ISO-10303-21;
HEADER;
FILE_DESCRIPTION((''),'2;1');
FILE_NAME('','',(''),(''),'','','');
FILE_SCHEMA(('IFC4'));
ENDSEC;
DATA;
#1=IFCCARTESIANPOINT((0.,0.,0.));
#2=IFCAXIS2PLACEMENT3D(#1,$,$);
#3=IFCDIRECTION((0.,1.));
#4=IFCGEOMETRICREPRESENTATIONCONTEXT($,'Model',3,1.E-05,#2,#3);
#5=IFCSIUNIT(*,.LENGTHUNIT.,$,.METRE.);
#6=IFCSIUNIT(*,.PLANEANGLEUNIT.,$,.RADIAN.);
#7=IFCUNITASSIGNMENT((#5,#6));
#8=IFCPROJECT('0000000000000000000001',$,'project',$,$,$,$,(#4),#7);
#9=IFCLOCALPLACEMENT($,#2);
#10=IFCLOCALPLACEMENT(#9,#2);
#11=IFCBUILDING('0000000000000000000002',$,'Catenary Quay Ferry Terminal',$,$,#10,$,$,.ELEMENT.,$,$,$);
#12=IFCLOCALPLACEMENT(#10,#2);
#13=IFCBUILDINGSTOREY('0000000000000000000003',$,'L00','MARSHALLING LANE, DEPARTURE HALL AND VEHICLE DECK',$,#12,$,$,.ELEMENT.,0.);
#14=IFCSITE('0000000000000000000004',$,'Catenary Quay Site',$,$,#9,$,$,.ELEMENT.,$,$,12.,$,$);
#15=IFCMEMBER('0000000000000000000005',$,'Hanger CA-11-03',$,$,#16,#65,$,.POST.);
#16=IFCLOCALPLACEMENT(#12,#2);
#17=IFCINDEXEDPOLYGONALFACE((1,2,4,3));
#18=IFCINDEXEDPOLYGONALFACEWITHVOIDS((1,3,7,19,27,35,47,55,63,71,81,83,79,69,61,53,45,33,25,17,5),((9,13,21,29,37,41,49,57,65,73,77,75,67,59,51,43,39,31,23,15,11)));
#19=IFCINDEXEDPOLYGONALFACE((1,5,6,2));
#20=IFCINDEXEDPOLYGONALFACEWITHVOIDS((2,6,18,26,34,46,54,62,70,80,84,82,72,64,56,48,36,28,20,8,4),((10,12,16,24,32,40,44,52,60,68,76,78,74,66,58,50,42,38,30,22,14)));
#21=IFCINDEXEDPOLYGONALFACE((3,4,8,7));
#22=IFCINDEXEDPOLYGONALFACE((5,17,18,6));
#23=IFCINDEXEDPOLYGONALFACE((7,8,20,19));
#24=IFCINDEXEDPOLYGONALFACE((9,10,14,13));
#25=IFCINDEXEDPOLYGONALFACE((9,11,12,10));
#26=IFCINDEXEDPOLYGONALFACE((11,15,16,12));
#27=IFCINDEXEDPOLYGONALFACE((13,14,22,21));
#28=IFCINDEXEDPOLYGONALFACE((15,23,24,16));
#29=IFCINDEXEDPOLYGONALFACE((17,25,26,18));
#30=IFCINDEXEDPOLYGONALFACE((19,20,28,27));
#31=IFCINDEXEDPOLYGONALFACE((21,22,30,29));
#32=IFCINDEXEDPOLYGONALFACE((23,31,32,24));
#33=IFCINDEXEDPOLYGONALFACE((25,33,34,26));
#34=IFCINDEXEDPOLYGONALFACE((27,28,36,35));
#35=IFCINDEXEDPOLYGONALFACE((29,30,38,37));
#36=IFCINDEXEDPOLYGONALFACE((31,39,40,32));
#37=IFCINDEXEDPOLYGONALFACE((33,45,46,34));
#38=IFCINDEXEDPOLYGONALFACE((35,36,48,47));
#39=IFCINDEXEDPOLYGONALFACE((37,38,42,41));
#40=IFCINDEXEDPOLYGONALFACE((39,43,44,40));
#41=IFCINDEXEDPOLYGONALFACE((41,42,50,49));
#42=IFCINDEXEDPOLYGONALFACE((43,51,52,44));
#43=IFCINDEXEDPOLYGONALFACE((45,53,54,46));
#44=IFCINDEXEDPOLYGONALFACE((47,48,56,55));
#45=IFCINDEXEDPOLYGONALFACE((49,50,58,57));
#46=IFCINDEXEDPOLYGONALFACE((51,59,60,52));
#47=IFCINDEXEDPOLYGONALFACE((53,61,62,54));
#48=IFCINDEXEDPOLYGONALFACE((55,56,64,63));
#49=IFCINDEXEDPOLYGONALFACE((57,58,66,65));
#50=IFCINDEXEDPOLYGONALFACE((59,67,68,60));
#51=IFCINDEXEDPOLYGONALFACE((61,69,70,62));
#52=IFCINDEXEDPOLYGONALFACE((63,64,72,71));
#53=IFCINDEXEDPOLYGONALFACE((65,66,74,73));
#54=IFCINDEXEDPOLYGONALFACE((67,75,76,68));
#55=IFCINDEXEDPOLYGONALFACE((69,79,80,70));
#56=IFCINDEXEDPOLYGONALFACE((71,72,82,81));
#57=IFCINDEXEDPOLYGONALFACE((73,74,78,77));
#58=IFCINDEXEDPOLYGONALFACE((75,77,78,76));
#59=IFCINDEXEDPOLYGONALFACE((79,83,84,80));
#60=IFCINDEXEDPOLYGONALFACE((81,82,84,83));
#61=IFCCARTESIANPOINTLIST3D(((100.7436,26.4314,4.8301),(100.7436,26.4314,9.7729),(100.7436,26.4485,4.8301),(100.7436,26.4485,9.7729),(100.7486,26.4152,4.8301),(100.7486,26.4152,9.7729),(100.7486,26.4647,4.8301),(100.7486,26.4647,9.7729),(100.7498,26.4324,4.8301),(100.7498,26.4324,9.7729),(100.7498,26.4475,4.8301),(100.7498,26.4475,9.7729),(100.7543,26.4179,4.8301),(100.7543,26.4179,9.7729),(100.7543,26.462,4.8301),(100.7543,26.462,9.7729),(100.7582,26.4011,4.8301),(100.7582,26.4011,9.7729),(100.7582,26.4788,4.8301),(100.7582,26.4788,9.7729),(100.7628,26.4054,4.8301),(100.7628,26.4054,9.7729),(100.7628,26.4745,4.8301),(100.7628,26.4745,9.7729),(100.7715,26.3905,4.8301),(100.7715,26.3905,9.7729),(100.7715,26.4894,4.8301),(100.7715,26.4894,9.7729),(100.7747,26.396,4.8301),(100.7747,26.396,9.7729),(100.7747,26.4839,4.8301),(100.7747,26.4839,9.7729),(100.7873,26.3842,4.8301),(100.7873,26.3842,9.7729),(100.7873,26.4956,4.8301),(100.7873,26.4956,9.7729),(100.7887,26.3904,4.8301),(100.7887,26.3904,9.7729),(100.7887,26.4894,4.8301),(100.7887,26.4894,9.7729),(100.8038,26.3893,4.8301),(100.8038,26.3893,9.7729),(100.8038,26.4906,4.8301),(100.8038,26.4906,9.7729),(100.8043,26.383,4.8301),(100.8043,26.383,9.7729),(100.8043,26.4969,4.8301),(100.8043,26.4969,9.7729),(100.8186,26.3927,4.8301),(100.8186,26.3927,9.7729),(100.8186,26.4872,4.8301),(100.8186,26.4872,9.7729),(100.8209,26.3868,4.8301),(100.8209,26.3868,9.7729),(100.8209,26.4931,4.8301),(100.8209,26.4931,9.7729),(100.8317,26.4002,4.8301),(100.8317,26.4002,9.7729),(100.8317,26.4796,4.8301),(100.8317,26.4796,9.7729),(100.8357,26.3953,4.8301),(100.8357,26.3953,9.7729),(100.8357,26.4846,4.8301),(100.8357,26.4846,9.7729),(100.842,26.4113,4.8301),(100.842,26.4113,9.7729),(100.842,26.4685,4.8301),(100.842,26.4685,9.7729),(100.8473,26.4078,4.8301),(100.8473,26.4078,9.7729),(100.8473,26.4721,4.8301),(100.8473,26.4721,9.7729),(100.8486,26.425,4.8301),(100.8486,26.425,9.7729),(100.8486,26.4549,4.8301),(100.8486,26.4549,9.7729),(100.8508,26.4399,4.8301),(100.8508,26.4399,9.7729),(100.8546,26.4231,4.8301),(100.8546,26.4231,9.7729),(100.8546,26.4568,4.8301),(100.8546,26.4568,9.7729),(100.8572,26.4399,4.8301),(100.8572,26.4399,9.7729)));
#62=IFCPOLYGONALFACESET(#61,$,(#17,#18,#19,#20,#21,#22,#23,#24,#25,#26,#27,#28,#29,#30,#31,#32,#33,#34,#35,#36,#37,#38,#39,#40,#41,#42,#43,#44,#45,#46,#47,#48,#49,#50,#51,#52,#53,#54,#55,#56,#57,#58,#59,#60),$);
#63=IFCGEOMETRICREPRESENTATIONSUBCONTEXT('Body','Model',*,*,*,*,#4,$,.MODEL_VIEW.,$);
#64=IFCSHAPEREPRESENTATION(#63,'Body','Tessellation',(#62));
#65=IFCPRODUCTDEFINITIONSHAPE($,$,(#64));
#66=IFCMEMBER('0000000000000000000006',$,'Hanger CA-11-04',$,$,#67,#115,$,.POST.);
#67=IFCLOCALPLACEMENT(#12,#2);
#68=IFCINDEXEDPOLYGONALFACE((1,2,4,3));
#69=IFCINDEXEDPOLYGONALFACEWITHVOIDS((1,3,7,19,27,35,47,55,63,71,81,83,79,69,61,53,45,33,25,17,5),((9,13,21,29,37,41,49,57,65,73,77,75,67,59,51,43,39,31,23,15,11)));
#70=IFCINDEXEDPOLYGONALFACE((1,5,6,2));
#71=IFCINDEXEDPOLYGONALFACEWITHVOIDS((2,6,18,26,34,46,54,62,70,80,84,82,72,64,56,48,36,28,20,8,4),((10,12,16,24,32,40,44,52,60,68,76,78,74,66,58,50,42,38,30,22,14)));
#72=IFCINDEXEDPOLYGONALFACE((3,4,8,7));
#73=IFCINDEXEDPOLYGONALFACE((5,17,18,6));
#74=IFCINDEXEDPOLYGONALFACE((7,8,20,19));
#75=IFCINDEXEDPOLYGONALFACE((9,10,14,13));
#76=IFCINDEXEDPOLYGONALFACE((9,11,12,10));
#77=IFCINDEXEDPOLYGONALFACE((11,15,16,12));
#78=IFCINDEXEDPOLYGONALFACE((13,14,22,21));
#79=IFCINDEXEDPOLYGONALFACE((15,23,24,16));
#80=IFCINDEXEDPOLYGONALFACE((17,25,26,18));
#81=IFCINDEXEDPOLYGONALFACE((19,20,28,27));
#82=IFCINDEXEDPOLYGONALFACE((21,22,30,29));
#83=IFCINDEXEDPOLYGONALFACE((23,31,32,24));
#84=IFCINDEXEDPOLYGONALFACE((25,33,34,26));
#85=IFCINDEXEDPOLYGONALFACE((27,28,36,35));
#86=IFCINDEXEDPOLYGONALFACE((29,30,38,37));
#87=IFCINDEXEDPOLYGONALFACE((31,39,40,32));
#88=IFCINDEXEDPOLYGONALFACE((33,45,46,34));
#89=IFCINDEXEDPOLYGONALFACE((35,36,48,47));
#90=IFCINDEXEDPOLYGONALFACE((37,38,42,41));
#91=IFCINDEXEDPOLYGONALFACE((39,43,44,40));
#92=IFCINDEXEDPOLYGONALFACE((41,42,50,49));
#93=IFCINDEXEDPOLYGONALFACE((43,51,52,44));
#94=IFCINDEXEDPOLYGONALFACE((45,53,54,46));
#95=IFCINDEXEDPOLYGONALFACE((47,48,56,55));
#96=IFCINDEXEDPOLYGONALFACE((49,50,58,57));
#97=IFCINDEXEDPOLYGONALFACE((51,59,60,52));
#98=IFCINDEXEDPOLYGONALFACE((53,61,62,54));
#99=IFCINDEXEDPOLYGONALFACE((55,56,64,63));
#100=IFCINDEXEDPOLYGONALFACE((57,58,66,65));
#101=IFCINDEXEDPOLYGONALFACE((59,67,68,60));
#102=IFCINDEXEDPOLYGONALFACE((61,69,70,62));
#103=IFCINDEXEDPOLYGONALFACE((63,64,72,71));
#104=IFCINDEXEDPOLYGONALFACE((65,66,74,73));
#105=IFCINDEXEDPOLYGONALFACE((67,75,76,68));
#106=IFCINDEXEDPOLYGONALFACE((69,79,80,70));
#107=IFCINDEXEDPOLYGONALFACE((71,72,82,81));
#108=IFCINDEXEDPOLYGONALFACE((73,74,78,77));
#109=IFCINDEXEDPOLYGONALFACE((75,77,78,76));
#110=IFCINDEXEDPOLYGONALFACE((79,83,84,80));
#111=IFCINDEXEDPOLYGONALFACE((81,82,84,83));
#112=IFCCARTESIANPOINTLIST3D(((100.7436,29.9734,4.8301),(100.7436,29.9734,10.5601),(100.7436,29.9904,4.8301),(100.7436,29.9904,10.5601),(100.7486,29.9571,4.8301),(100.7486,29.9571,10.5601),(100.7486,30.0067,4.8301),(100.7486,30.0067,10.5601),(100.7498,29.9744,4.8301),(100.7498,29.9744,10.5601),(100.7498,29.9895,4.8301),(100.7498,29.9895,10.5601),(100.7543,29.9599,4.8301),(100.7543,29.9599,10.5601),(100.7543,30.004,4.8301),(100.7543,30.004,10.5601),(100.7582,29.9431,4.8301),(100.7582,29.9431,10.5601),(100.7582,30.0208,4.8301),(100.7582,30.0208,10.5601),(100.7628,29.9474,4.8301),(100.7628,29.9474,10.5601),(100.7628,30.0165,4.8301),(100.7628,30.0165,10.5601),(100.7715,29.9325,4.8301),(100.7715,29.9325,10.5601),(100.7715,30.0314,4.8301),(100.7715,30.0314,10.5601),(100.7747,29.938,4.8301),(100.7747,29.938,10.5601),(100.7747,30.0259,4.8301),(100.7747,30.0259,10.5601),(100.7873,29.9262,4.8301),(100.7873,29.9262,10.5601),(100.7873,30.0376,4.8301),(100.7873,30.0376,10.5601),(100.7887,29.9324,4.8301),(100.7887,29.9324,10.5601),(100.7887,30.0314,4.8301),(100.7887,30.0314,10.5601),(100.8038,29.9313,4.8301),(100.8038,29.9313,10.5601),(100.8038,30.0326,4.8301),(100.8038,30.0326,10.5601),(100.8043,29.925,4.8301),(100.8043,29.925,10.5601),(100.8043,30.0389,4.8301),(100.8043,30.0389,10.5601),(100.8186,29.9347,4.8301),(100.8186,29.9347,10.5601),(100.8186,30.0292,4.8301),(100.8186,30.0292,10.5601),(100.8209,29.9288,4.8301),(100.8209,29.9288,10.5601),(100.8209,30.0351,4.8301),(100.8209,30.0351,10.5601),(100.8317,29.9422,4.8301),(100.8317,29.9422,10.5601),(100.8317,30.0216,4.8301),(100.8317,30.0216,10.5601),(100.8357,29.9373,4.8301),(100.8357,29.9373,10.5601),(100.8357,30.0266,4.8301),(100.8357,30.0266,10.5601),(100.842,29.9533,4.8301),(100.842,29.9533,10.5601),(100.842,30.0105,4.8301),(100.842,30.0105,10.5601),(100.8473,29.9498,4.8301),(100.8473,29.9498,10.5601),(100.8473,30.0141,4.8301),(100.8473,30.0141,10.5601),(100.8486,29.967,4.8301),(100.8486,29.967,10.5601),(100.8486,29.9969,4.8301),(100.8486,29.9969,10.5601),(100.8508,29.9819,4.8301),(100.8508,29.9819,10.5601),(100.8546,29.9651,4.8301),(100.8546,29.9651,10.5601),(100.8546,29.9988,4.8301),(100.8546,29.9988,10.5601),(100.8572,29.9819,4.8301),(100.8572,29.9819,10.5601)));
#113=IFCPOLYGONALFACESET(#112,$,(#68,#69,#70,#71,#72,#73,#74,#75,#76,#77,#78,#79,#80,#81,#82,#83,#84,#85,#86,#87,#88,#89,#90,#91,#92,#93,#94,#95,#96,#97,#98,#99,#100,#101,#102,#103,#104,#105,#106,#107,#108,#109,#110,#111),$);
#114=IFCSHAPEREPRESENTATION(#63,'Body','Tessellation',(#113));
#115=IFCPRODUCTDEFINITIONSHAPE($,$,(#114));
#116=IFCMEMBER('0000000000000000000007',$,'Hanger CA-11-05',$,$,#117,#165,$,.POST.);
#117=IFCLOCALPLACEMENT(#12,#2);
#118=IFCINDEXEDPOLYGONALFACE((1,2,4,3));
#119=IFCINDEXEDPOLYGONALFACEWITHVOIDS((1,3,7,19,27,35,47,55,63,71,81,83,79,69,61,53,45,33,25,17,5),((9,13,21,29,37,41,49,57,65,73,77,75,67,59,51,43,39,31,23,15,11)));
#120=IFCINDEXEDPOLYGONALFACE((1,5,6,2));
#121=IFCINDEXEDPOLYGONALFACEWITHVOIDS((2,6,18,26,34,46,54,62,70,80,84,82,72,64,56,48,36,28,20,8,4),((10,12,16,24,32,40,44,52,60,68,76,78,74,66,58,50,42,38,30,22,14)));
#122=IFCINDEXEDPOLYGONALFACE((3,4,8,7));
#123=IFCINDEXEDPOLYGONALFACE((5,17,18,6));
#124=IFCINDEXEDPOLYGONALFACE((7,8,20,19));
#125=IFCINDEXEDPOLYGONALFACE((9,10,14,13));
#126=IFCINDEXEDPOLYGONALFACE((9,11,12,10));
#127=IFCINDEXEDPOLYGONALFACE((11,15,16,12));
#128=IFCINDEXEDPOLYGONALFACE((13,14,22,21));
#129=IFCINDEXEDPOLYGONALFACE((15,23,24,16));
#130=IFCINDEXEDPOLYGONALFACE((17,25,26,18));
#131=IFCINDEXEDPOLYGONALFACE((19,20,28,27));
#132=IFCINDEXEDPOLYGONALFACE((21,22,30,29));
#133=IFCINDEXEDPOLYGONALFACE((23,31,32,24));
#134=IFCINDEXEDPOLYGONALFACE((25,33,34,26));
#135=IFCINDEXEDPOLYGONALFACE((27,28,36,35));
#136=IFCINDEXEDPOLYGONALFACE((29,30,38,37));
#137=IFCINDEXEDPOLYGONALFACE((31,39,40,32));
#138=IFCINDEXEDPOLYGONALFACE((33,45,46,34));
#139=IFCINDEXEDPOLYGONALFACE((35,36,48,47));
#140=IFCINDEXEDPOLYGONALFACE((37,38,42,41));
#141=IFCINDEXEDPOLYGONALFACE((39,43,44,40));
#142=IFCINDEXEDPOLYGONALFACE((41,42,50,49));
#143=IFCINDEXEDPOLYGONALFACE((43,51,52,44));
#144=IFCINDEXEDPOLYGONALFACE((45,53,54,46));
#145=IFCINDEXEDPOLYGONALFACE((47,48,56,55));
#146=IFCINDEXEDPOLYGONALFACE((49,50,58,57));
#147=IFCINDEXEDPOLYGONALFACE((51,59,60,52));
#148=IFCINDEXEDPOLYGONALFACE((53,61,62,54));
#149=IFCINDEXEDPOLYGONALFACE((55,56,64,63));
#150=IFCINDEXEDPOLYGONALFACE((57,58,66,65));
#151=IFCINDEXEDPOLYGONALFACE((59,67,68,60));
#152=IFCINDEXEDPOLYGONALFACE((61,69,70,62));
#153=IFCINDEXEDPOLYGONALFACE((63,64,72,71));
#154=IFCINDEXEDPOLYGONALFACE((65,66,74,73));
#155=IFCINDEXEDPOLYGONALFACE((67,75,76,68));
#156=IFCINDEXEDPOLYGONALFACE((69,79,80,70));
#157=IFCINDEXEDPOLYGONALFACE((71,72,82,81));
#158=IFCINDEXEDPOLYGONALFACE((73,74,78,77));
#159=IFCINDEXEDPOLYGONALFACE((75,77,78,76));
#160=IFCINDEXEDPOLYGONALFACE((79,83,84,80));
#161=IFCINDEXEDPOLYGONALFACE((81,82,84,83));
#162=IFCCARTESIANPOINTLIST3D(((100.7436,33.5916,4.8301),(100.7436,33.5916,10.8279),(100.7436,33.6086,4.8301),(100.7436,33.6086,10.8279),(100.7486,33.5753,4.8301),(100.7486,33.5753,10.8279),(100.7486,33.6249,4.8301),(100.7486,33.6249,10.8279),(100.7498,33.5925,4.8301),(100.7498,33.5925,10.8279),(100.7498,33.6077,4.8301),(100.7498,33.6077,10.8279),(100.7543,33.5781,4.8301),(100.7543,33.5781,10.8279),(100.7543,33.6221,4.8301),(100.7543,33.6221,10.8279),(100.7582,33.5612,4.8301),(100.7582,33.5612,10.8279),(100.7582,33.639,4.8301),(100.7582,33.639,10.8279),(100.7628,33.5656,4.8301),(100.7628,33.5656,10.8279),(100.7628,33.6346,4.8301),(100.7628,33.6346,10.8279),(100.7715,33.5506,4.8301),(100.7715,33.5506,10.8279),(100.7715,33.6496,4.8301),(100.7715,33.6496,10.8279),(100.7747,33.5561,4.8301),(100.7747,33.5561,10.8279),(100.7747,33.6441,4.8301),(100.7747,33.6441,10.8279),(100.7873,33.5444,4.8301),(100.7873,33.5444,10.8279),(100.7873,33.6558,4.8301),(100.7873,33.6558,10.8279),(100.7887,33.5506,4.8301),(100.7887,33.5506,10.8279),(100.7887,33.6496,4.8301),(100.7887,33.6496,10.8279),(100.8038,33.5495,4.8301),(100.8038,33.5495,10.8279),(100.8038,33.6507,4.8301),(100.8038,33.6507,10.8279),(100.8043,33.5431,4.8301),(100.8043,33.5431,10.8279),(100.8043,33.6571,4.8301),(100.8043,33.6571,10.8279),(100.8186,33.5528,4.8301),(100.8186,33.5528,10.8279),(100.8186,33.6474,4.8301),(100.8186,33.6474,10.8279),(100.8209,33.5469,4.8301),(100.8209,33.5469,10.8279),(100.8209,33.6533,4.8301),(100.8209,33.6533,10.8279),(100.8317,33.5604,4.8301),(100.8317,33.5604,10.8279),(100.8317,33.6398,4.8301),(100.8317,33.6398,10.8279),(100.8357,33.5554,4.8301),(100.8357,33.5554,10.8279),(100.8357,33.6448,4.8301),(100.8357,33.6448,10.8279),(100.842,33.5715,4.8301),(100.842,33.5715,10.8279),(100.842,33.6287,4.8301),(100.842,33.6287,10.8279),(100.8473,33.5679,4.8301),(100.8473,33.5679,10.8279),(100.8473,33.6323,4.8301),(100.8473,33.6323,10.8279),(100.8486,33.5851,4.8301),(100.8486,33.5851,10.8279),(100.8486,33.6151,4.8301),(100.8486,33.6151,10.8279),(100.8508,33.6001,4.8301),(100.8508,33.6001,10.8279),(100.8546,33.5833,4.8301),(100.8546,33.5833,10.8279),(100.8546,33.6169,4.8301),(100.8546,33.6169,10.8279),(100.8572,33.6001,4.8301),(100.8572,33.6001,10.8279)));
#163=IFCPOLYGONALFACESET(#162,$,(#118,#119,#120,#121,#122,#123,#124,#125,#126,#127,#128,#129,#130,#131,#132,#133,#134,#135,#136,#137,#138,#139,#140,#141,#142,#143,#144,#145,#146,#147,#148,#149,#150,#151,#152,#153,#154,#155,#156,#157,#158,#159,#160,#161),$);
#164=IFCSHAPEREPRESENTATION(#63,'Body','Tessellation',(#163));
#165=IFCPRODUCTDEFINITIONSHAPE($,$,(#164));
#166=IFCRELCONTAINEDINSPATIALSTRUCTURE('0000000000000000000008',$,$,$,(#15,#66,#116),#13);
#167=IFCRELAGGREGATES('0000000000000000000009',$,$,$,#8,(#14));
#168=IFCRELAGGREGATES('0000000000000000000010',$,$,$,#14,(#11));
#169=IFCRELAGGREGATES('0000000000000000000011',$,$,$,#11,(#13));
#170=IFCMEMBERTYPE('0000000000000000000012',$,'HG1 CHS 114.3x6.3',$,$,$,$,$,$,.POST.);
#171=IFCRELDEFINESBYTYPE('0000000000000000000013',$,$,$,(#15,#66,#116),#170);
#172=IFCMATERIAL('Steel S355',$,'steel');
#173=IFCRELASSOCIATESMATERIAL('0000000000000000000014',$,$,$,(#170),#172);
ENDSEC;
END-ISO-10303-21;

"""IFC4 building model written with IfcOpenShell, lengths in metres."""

from ifc_helpers import new_model, si_unit, direction, frame, origin, origin_2d, place, context, subcontext, project, spatial, hollow_circle, extrude, material, material_profile, profile_set, type_object, element, save


model = new_model("IFC4")

# Units and contexts
model_context = context("Model", 3, precision=1e-05, world=origin(), true_north=direction((0.0, 1.0)))
body_context = subcontext(model_context, "Body", "Model", "MODEL_VIEW")
ifc_project = project(units=[si_unit("LENGTHUNIT", "METRE"), si_unit("PLANEANGLEUNIT", "RADIAN")], contexts=[model_context])

# Site, building, storey
site_placement = place(None, origin())
site = spatial("IfcSite", under=ifc_project, at=site_placement, Name="Catenary Quay Site", CompositionType="ELEMENT", RefElevation=12.0)
building_placement = place(site_placement, origin())
building = spatial("IfcBuilding", under=site, at=building_placement, Name="Catenary Quay Ferry Terminal", CompositionType="ELEMENT")
storey_placement = place(building_placement, origin())
storey = spatial("IfcBuildingStorey", under=building, at=storey_placement, Name="L00", Description="MARSHALLING LANE, DEPARTURE HALL AND VEHICLE DECK", CompositionType="ELEMENT", Elevation=0.0)

# Members
ifc_material_1 = material(Name="Steel S355", Category="steel")
ifc_material_profile_1 = material_profile(ifc_material_1, hollow_circle(Radius=0.0571, WallThickness=0.0063, at=origin_2d()), Name="CHS 114.3x6.3")
ifc_profile_set_1 = profile_set([ifc_material_profile_1], Name="Steel S355")
member_type_1 = type_object("IfcMemberType", Name="HG1 CHS 114.3x6.3", PredefinedType="POST", material=ifc_profile_set_1)
member_1_placement = place(storey_placement, frame((100.8, 26.4399, 4.8301), z_axis=(0.0, 0.0, 1.0), x_axis=(1.0, 0.0, 0.0)))
element("IfcMember", 1, at=member_1_placement, inside=storey, type_object=member_type_1, Name="Hanger CA-11-03", PredefinedType="POST", context=body_context, shape_type="SweptSolid", body=[
    extrude(hollow_circle(Radius=0.0571, WallThickness=0.0063, at=origin_2d()), origin(), (0.0, 0.0, 1.0), 4.9429),
])
member_2_placement = place(storey_placement, frame((100.8, 29.9819, 4.8301), z_axis=(0.0, 0.0, 1.0), x_axis=(1.0, 0.0, 0.0)))
element("IfcMember", 2, at=member_2_placement, inside=storey, type_object=member_type_1, Name="Hanger CA-11-04", PredefinedType="POST", context=body_context, shape_type="SweptSolid", body=[
    extrude(hollow_circle(Radius=0.0571, WallThickness=0.0063, at=origin_2d()), origin(), (0.0, 0.0, 1.0), 5.73),
])
member_3_placement = place(storey_placement, frame((100.8, 33.6001, 4.8301), z_axis=(0.0, 0.0, 1.0), x_axis=(1.0, 0.0, 0.0)))
element("IfcMember", 3, at=member_3_placement, inside=storey, type_object=member_type_1, Name="Hanger CA-11-05", PredefinedType="POST", context=body_context, shape_type="SweptSolid", body=[
    extrude(hollow_circle(Radius=0.0571, WallThickness=0.0063, at=origin_2d()), origin(), (0.0, 0.0, 1.0), 5.9978),
])

save(model, "model.ifc")
